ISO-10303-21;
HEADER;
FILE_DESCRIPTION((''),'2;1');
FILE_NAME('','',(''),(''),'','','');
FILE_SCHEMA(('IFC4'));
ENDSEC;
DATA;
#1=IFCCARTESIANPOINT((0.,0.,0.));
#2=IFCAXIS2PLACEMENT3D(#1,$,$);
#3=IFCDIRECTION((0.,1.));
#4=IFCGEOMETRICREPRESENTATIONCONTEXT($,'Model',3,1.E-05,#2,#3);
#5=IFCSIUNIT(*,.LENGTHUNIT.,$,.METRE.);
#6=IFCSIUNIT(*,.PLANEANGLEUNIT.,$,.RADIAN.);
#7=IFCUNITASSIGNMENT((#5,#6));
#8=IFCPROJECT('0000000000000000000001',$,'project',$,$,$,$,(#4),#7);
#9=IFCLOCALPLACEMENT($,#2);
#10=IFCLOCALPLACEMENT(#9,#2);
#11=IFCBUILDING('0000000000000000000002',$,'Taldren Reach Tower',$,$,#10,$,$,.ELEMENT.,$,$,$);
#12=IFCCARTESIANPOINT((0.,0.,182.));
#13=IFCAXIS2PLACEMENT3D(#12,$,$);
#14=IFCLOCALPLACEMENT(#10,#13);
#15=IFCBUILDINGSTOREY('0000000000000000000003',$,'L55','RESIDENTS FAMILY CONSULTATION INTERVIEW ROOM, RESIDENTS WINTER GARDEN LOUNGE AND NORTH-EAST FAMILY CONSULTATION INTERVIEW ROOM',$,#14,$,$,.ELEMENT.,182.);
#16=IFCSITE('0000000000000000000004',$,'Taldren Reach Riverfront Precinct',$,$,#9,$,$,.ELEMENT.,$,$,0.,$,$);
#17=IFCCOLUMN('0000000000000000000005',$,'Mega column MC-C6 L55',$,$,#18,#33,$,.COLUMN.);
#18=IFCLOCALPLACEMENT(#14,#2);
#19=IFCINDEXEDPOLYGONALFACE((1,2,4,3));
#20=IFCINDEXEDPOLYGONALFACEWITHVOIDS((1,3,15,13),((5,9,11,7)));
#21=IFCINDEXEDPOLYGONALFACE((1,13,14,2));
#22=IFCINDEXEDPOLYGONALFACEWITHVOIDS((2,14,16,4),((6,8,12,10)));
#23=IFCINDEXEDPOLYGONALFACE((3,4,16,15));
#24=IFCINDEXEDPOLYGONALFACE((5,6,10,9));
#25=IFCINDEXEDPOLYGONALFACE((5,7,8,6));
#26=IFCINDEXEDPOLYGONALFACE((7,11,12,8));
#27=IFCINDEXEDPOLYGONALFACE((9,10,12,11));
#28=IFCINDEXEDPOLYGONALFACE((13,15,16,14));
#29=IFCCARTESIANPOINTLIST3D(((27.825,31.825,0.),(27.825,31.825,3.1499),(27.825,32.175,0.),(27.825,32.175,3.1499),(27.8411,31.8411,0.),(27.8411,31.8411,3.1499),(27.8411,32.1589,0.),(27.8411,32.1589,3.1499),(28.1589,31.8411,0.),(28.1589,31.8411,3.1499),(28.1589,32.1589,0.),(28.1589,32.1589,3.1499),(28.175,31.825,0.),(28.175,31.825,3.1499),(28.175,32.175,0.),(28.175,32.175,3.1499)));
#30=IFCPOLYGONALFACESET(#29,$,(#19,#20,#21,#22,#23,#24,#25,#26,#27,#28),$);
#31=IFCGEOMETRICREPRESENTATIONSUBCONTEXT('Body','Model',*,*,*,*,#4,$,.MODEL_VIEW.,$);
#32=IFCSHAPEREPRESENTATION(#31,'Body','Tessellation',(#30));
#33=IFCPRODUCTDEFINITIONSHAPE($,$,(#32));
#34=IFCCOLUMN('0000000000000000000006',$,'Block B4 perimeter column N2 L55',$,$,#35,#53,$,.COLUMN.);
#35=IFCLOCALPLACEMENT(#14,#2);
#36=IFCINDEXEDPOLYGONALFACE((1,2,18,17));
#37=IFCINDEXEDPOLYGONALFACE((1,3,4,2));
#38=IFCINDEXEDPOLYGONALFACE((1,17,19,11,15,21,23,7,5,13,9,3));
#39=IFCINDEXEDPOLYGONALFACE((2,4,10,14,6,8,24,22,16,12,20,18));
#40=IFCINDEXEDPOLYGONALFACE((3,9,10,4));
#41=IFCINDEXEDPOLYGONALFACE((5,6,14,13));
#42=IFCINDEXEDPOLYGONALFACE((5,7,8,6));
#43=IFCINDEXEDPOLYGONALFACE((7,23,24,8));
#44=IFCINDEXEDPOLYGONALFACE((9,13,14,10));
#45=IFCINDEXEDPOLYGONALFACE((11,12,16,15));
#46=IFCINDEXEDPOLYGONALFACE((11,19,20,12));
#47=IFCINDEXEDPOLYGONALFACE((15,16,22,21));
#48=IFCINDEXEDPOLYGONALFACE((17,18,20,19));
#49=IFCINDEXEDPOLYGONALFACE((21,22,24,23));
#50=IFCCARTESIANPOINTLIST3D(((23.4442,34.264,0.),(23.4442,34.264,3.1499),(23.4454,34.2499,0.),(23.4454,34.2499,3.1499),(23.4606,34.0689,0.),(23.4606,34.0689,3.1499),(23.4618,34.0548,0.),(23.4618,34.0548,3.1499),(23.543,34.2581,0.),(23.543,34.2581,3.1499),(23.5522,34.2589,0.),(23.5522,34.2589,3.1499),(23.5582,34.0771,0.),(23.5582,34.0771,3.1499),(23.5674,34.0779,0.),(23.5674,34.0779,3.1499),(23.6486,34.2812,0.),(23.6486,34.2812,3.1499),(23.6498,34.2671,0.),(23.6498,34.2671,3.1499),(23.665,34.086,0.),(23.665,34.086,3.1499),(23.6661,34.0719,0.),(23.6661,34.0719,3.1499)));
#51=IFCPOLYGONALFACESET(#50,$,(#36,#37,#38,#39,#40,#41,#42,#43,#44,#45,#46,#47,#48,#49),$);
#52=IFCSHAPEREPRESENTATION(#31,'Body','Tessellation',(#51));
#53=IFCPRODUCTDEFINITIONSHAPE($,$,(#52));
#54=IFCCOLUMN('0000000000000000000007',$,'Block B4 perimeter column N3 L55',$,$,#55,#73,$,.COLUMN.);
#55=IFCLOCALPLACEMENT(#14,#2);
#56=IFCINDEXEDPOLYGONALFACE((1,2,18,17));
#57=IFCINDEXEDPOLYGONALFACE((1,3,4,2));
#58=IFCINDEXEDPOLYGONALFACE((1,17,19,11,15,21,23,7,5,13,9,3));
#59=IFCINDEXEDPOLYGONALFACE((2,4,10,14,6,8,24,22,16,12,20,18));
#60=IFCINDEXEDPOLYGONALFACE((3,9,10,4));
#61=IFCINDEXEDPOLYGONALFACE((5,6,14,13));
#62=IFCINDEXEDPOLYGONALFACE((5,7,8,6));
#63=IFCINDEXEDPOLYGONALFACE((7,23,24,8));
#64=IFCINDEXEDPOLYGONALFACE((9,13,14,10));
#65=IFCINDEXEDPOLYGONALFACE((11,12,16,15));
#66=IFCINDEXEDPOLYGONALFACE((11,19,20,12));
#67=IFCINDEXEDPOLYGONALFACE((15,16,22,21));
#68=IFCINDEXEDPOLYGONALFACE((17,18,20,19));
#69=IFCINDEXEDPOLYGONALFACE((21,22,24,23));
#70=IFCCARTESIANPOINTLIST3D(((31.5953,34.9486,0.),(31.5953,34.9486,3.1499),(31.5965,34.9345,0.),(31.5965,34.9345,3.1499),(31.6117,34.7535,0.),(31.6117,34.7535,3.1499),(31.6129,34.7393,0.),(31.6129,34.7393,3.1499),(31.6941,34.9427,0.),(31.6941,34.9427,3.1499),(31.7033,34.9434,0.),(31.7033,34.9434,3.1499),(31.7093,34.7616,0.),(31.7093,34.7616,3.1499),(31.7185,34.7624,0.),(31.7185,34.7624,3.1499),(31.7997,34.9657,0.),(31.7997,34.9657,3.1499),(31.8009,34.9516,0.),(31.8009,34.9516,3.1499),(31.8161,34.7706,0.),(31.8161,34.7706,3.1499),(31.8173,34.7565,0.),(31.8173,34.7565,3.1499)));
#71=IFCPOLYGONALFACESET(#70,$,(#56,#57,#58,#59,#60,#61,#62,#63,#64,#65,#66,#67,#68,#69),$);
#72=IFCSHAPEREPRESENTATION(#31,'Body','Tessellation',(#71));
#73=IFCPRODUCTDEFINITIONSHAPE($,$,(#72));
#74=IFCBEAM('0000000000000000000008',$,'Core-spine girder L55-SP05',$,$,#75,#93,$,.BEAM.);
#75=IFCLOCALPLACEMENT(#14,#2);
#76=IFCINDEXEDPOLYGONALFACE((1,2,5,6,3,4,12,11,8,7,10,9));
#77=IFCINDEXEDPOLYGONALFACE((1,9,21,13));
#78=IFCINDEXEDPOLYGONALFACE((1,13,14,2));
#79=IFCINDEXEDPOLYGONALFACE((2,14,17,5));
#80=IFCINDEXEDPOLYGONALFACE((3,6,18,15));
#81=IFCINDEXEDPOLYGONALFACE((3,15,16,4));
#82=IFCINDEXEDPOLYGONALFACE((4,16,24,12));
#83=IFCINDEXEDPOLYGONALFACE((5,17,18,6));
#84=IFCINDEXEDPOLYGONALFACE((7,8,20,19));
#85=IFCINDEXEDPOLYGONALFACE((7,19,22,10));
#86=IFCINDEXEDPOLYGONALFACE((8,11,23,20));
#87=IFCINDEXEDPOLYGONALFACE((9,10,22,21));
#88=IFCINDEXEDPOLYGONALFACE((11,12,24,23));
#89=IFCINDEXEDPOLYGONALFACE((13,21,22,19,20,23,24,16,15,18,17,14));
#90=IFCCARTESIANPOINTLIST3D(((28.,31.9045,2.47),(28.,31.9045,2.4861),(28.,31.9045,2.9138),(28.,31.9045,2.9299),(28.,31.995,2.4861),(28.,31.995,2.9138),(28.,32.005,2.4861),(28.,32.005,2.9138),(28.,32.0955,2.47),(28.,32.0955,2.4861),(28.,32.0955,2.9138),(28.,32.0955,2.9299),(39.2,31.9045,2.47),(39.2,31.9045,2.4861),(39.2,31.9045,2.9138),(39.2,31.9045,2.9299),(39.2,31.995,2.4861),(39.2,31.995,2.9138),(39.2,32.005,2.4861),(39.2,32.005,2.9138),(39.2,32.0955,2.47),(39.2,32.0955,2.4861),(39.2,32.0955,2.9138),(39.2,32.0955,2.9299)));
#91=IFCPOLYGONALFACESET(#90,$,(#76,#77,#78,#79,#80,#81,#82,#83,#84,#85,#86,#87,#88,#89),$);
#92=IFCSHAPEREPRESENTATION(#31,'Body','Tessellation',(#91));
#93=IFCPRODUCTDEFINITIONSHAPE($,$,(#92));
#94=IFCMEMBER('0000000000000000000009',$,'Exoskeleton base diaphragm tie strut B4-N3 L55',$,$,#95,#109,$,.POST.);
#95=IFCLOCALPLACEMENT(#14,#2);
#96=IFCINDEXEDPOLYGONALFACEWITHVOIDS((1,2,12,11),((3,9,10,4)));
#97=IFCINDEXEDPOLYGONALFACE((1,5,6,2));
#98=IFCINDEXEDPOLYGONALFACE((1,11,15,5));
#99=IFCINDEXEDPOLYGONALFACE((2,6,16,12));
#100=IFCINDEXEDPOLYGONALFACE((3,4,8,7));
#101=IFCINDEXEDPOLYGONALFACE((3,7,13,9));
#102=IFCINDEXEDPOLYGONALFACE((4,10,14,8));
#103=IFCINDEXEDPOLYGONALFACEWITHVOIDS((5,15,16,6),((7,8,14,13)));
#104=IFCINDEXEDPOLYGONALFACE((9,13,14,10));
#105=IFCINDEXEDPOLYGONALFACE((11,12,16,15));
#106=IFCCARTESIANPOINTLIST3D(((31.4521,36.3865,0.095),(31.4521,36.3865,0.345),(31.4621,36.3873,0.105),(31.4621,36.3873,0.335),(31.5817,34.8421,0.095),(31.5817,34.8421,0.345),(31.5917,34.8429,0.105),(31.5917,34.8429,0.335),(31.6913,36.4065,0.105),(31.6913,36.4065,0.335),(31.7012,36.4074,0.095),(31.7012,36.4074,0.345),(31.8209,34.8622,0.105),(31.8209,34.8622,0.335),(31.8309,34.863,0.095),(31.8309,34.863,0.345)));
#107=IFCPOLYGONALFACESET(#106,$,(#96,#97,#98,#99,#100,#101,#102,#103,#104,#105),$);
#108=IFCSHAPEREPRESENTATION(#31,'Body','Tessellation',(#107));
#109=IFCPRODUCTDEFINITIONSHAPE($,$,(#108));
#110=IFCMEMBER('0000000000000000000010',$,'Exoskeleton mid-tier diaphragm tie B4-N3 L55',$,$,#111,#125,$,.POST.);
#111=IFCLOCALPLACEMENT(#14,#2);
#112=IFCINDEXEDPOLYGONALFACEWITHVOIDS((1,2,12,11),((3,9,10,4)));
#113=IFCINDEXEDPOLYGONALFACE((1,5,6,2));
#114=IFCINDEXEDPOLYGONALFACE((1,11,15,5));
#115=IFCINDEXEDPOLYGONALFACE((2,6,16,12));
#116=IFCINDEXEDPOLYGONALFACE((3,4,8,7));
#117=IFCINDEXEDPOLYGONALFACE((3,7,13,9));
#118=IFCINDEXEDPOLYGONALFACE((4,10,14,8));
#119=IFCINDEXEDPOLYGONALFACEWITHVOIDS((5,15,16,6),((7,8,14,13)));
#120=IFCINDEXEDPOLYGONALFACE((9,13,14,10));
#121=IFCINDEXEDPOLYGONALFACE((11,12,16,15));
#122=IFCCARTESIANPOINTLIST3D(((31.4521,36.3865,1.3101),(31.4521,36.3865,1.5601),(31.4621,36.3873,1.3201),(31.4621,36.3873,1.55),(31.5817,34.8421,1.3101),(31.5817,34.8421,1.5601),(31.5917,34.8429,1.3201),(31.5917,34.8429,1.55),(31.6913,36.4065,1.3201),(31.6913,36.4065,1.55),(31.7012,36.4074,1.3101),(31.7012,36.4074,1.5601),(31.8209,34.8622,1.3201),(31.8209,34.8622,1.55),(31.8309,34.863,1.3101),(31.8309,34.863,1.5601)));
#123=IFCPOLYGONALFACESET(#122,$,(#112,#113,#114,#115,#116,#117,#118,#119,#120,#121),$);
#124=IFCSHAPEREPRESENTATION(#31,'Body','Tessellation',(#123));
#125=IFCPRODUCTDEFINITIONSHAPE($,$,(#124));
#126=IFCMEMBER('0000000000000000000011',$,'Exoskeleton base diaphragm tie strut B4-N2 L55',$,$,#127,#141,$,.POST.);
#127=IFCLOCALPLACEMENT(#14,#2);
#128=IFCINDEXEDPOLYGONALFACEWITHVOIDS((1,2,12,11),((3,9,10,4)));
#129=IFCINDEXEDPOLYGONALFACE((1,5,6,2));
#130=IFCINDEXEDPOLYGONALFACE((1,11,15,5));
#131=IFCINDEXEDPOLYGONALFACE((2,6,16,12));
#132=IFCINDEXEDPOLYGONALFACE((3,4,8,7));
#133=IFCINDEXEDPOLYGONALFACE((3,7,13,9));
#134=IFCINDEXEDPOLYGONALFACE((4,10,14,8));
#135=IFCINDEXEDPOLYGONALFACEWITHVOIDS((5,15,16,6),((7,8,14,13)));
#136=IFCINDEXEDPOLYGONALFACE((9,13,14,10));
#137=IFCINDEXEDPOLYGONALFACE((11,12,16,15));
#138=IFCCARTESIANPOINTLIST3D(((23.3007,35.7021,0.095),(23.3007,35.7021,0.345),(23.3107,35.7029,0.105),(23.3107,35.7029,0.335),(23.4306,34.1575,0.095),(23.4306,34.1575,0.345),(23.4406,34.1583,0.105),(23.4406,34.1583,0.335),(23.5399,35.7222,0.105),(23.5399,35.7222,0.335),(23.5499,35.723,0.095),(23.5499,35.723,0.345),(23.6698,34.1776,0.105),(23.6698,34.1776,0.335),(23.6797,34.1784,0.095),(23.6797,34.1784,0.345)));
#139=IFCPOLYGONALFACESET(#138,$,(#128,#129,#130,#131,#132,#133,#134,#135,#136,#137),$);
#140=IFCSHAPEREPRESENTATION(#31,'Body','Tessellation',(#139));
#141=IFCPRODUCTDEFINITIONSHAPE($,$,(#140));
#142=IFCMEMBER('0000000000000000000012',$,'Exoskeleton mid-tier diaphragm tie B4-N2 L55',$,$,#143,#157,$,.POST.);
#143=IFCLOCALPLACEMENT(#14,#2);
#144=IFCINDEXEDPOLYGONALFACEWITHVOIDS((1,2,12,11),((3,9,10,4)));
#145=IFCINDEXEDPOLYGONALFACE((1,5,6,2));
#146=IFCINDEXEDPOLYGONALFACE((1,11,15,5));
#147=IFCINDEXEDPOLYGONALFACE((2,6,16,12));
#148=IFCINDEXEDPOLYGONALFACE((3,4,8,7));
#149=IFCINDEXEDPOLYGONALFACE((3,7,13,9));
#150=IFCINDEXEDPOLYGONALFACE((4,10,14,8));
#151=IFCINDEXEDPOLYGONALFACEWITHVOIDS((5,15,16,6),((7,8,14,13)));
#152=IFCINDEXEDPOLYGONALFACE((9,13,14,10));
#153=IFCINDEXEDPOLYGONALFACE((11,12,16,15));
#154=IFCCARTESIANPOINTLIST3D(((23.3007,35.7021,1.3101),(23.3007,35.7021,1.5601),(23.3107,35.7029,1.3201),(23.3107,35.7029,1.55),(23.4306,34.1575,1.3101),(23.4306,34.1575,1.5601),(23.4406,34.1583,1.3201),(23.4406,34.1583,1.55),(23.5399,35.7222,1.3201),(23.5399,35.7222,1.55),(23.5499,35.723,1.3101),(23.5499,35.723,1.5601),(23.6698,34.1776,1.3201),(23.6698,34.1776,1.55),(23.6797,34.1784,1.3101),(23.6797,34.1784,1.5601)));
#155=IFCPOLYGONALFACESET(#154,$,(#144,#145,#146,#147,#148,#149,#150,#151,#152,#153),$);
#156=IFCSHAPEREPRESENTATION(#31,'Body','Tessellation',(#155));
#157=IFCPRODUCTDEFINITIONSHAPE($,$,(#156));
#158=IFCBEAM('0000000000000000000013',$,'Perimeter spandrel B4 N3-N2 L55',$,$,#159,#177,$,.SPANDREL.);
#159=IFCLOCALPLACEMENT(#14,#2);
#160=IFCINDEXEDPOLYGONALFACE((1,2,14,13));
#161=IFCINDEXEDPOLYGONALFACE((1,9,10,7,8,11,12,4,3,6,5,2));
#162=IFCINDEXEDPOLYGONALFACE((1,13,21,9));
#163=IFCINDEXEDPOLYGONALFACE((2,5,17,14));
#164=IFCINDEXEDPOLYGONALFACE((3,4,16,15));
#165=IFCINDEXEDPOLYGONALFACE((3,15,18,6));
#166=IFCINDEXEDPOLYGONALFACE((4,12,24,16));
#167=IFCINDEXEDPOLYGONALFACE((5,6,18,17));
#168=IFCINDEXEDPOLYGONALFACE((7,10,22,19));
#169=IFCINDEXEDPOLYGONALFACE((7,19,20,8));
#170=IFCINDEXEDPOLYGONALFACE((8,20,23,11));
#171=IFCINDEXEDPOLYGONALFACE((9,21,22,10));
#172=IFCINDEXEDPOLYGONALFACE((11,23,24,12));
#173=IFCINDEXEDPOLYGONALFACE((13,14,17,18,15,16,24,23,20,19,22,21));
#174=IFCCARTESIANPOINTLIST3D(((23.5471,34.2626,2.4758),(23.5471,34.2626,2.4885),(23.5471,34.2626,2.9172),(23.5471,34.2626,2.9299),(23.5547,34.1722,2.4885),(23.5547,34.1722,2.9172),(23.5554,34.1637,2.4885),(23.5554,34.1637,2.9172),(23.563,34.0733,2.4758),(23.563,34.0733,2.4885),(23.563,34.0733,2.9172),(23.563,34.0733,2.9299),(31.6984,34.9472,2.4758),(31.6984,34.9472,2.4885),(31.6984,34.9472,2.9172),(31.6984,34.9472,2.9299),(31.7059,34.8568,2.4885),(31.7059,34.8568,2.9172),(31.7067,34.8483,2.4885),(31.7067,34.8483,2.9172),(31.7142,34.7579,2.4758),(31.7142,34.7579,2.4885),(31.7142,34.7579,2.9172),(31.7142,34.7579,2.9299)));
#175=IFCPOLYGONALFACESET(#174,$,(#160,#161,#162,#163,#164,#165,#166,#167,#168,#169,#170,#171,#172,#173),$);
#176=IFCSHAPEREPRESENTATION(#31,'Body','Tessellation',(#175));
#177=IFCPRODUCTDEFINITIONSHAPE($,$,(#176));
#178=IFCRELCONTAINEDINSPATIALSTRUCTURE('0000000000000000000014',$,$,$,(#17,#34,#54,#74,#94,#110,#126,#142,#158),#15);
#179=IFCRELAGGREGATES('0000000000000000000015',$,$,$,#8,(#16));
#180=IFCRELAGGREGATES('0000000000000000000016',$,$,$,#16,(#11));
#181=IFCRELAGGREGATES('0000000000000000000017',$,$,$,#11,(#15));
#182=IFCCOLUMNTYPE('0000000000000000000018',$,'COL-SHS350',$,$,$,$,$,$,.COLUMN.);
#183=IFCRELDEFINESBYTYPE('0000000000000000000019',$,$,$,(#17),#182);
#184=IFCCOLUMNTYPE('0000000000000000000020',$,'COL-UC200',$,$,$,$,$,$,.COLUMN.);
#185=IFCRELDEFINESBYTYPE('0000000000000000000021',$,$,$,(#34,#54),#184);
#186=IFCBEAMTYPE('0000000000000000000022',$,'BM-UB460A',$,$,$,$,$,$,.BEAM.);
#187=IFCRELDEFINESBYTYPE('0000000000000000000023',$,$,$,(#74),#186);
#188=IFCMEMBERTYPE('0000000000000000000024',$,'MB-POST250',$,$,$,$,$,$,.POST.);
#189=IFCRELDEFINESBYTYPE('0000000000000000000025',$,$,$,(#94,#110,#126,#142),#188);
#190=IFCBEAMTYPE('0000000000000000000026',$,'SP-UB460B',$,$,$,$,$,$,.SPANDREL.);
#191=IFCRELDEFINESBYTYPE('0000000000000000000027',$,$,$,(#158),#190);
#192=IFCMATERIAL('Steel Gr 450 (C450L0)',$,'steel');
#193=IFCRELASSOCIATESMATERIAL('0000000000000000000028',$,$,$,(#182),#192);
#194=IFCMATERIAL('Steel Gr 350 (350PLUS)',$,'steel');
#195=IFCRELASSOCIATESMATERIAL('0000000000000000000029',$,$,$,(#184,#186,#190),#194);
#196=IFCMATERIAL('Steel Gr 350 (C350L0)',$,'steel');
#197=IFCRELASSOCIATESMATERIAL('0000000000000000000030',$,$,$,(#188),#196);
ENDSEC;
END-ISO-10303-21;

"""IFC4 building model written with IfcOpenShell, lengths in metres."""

from ifc_helpers import new_model, si_unit, direction, frame, origin, origin_2d, place, context, subcontext, project, spatial, hollow_rectangle, i_section, extrude, source, transform, mapped, material, material_profile, profile_set, type_object, element, save


model = new_model("IFC4")

# Units and contexts
model_context = context("Model", 3, precision=1e-05, world=origin(), true_north=direction((0.0, 1.0)))
body_context = subcontext(model_context, "Body", "Model", "MODEL_VIEW")
ifc_project = project(units=[si_unit("LENGTHUNIT", "METRE"), si_unit("PLANEANGLEUNIT", "RADIAN")], contexts=[model_context])

# Site, building, storey
site_placement = place(None, origin())
site = spatial("IfcSite", under=ifc_project, at=site_placement, Name="Taldren Reach Riverfront Precinct", CompositionType="ELEMENT", RefElevation=0.0)
building_placement = place(site_placement, origin())
building = spatial("IfcBuilding", under=site, at=building_placement, Name="Taldren Reach Tower", CompositionType="ELEMENT")
storey_placement = place(building_placement, frame((0.0, 0.0, 182.0)))
storey = spatial("IfcBuildingStorey", under=building, at=storey_placement, Name="L55", Description="RESIDENTS FAMILY CONSULTATION INTERVIEW ROOM, RESIDENTS WINTER GARDEN LOUNGE AND NORTH-EAST FAMILY CONSULTATION INTERVIEW ROOM", CompositionType="ELEMENT", Elevation=182.0)

# Columns
ifc_material_1 = material(Name="Steel Gr 450 (C450L0)", Category="steel")
ifc_material_profile_1 = material_profile(ifc_material_1, hollow_rectangle(XDim=0.3501, YDim=0.3501, WallThickness=0.0161, at=origin_2d()), Name="350x350x16.0SHS")
ifc_profile_set_1 = profile_set([ifc_material_profile_1], Name="Steel Gr 450 (C450L0)")
column_type_1 = type_object("IfcColumnType", Name="COL-SHS350", PredefinedType="COLUMN", material=ifc_profile_set_1)
shared_shape_1 = source(origin(), body_context, "Body", "SweptSolid", [
    extrude(hollow_rectangle(XDim=0.3501, YDim=0.3501, WallThickness=0.0161, at=origin_2d()), origin(), (0.0, 0.0, 1.0), 3.1499),
])
column_placement = place(storey_placement, frame((28.0, 32.0, 0.0), z_axis=(0.0, 0.0, 1.0), x_axis=(1.0, 0.0, 0.0)))
element("IfcColumn", 1, at=column_placement, inside=storey, type_object=column_type_1, Name="Mega column MC-C6 L55", PredefinedType="COLUMN", context=body_context, shape_type="MappedRepresentation", body=[
    mapped(shared_shape_1, transform((0.0, 0.0, 0.0), scale=1.0)),
])
ifc_material_2 = material(Name="Steel Gr 350 (350PLUS)", Category="steel")
ifc_material_profile_2 = material_profile(ifc_material_2, i_section(OverallWidth=0.2051, OverallDepth=0.21, WebThickness=0.0093, FlangeThickness=0.0142, at=origin_2d()), Name="200UC59.5")
ifc_profile_set_2 = profile_set([ifc_material_profile_2], Name="Steel Gr 350 (350PLUS)")
column_type_2 = type_object("IfcColumnType", Name="COL-UC200", PredefinedType="COLUMN", material=ifc_profile_set_2)
shared_shape_2 = source(origin(), body_context, "Body", "SweptSolid", [
    extrude(i_section(OverallWidth=0.2051, OverallDepth=0.21, WebThickness=0.0093, FlangeThickness=0.0142, at=origin_2d()), origin(), (0.0, 0.0, 1.0), 3.1499),
])
for number, where, z_axis, x_axis, name in (
    (2, (23.5552, 34.168, 0.0), (0.0, 0.0, 1.0), (0.996493, 0.083678, 0.0), "Block B4 perimeter column N2 L55"),
    (3, (31.7063, 34.8525, 0.0), (0.0, 0.0, 1.0), (0.996493, 0.083678, 0.0), "Block B4 perimeter column N3 L55"),
):
    element("IfcColumn", number, at=place(storey_placement, frame(where, z_axis=z_axis, x_axis=x_axis)), inside=storey, type_object=column_type_2, Name=name, PredefinedType="COLUMN", context=body_context, shape_type="MappedRepresentation", body=[
        mapped(shared_shape_2, transform((0.0, 0.0, 0.0), scale=1.0)),
    ])

# Beam
ifc_material_profile_3 = material_profile(ifc_material_2, i_section(OverallWidth=0.1909, OverallDepth=0.46, WebThickness=0.01, FlangeThickness=0.0161, at=origin_2d()), Name="460UB82.1")
ifc_profile_set_3 = profile_set([ifc_material_profile_3], Name="Steel Gr 350 (350PLUS)")
beam_type_1 = type_object("IfcBeamType", Name="BM-UB460A", PredefinedType="BEAM", material=ifc_profile_set_3)
shared_shape_3 = source(origin(), body_context, "Body", "SweptSolid", [
    extrude(i_section(OverallWidth=0.1909, OverallDepth=0.46, WebThickness=0.01, FlangeThickness=0.0161, at=origin_2d()), origin(), (0.0, 0.0, 1.0), 11.2),
])
beam_1_placement = place(storey_placement, frame((28.0, 32.0, 2.7), z_axis=(1.0, 0.0, 0.0), x_axis=(0.0, 1.0, 0.0)))
element("IfcBeam", 4, at=beam_1_placement, inside=storey, type_object=beam_type_1, Name="Core-spine girder L55-SP05", PredefinedType="BEAM", context=body_context, shape_type="MappedRepresentation", body=[
    mapped(shared_shape_3, transform((0.0, 0.0, 0.0), scale=1.0)),
])

# Members
ifc_material_3 = material(Name="Steel Gr 350 (C350L0)", Category="steel")
ifc_material_profile_4 = material_profile(ifc_material_3, hollow_rectangle(XDim=0.25, YDim=0.25, WallThickness=0.01, at=origin_2d()), Name="250x250x10.0SHS")
ifc_profile_set_4 = profile_set([ifc_material_profile_4], Name="Steel Gr 350 (C350L0)")
member_type_1 = type_object("IfcMemberType", Name="MB-POST250", PredefinedType="POST", material=ifc_profile_set_4)
shared_shape_4 = source(origin(), body_context, "Body", "SweptSolid", [
    extrude(hollow_rectangle(XDim=0.25, YDim=0.25, WallThickness=0.01, at=origin_2d()), origin(), (0.0, 0.0, 1.0), 1.5498),
])
for number, where, z_axis, x_axis, name in (
    (5, (31.7063, 34.8525, 0.22), (-0.083645, 0.996496, 0.0), (-0.996496, -0.083645, 0.0), "Exoskeleton base diaphragm tie strut B4-N3 L55"),
    (6, (31.7063, 34.8525, 1.4351), (-0.083645, 0.996496, 0.0), (-0.996496, -0.083645, 0.0), "Exoskeleton mid-tier diaphragm tie B4-N3 L55"),
):
    element("IfcMember", number, at=place(storey_placement, frame(where, z_axis=z_axis, x_axis=x_axis)), inside=storey, type_object=member_type_1, Name=name, PredefinedType="POST", context=body_context, shape_type="MappedRepresentation", body=[
        mapped(shared_shape_4, transform((0.0, 0.0, 0.0), scale=1.0)),
    ])
shared_shape_5 = source(origin(), body_context, "Body", "SweptSolid", [
    extrude(hollow_rectangle(XDim=0.25, YDim=0.25, WallThickness=0.01, at=origin_2d()), origin(), (0.0, 0.0, 1.0), 1.55),
])
for number, where, z_axis, x_axis, name in (
    (7, (23.5552, 34.168, 0.22), (-0.083788, 0.996484, 0.0), (-0.996484, -0.083788, 0.0), "Exoskeleton base diaphragm tie strut B4-N2 L55"),
    (8, (23.5552, 34.168, 1.4351), (-0.083788, 0.996484, 0.0), (-0.996484, -0.083788, 0.0), "Exoskeleton mid-tier diaphragm tie B4-N2 L55"),
):
    element("IfcMember", number, at=place(storey_placement, frame(where, z_axis=z_axis, x_axis=x_axis)), inside=storey, type_object=member_type_1, Name=name, PredefinedType="POST", context=body_context, shape_type="MappedRepresentation", body=[
        mapped(shared_shape_5, transform((0.0, 0.0, 0.0), scale=1.0)),
    ])

# Beam
ifc_material_profile_5 = material_profile(ifc_material_2, i_section(OverallWidth=0.1899, OverallDepth=0.4541, WebThickness=0.0085, FlangeThickness=0.0127, at=origin_2d()), Name="460UB67.1")
ifc_profile_set_5 = profile_set([ifc_material_profile_5], Name="Steel Gr 350 (350PLUS)")
beam_type_2 = type_object("IfcBeamType", Name="SP-UB460B", PredefinedType="SPANDREL", material=ifc_profile_set_5)
shared_shape_6 = source(origin(), body_context, "Body", "SweptSolid", [
    extrude(i_section(OverallWidth=0.1899, OverallDepth=0.4541, WebThickness=0.0085, FlangeThickness=0.0127, at=origin_2d()), origin(), (0.0, 0.0, 1.0), 8.1799),
])
for number, where, z_axis, x_axis, name in (
    (9, (31.7063, 34.8525, 2.7029), (-0.996492, -0.08369, 0.0), (0.08369, -0.996492, 0.0), "Perimeter spandrel B4 N3-N2 L55"),
):
    element("IfcBeam", number, at=place(storey_placement, frame(where, z_axis=z_axis, x_axis=x_axis)), inside=storey, type_object=beam_type_2, Name=name, PredefinedType="SPANDREL", context=body_context, shape_type="MappedRepresentation", body=[
        mapped(shared_shape_6, transform((0.0, 0.0, 0.0), scale=1.0)),
    ])

save(model, "model.ifc")
